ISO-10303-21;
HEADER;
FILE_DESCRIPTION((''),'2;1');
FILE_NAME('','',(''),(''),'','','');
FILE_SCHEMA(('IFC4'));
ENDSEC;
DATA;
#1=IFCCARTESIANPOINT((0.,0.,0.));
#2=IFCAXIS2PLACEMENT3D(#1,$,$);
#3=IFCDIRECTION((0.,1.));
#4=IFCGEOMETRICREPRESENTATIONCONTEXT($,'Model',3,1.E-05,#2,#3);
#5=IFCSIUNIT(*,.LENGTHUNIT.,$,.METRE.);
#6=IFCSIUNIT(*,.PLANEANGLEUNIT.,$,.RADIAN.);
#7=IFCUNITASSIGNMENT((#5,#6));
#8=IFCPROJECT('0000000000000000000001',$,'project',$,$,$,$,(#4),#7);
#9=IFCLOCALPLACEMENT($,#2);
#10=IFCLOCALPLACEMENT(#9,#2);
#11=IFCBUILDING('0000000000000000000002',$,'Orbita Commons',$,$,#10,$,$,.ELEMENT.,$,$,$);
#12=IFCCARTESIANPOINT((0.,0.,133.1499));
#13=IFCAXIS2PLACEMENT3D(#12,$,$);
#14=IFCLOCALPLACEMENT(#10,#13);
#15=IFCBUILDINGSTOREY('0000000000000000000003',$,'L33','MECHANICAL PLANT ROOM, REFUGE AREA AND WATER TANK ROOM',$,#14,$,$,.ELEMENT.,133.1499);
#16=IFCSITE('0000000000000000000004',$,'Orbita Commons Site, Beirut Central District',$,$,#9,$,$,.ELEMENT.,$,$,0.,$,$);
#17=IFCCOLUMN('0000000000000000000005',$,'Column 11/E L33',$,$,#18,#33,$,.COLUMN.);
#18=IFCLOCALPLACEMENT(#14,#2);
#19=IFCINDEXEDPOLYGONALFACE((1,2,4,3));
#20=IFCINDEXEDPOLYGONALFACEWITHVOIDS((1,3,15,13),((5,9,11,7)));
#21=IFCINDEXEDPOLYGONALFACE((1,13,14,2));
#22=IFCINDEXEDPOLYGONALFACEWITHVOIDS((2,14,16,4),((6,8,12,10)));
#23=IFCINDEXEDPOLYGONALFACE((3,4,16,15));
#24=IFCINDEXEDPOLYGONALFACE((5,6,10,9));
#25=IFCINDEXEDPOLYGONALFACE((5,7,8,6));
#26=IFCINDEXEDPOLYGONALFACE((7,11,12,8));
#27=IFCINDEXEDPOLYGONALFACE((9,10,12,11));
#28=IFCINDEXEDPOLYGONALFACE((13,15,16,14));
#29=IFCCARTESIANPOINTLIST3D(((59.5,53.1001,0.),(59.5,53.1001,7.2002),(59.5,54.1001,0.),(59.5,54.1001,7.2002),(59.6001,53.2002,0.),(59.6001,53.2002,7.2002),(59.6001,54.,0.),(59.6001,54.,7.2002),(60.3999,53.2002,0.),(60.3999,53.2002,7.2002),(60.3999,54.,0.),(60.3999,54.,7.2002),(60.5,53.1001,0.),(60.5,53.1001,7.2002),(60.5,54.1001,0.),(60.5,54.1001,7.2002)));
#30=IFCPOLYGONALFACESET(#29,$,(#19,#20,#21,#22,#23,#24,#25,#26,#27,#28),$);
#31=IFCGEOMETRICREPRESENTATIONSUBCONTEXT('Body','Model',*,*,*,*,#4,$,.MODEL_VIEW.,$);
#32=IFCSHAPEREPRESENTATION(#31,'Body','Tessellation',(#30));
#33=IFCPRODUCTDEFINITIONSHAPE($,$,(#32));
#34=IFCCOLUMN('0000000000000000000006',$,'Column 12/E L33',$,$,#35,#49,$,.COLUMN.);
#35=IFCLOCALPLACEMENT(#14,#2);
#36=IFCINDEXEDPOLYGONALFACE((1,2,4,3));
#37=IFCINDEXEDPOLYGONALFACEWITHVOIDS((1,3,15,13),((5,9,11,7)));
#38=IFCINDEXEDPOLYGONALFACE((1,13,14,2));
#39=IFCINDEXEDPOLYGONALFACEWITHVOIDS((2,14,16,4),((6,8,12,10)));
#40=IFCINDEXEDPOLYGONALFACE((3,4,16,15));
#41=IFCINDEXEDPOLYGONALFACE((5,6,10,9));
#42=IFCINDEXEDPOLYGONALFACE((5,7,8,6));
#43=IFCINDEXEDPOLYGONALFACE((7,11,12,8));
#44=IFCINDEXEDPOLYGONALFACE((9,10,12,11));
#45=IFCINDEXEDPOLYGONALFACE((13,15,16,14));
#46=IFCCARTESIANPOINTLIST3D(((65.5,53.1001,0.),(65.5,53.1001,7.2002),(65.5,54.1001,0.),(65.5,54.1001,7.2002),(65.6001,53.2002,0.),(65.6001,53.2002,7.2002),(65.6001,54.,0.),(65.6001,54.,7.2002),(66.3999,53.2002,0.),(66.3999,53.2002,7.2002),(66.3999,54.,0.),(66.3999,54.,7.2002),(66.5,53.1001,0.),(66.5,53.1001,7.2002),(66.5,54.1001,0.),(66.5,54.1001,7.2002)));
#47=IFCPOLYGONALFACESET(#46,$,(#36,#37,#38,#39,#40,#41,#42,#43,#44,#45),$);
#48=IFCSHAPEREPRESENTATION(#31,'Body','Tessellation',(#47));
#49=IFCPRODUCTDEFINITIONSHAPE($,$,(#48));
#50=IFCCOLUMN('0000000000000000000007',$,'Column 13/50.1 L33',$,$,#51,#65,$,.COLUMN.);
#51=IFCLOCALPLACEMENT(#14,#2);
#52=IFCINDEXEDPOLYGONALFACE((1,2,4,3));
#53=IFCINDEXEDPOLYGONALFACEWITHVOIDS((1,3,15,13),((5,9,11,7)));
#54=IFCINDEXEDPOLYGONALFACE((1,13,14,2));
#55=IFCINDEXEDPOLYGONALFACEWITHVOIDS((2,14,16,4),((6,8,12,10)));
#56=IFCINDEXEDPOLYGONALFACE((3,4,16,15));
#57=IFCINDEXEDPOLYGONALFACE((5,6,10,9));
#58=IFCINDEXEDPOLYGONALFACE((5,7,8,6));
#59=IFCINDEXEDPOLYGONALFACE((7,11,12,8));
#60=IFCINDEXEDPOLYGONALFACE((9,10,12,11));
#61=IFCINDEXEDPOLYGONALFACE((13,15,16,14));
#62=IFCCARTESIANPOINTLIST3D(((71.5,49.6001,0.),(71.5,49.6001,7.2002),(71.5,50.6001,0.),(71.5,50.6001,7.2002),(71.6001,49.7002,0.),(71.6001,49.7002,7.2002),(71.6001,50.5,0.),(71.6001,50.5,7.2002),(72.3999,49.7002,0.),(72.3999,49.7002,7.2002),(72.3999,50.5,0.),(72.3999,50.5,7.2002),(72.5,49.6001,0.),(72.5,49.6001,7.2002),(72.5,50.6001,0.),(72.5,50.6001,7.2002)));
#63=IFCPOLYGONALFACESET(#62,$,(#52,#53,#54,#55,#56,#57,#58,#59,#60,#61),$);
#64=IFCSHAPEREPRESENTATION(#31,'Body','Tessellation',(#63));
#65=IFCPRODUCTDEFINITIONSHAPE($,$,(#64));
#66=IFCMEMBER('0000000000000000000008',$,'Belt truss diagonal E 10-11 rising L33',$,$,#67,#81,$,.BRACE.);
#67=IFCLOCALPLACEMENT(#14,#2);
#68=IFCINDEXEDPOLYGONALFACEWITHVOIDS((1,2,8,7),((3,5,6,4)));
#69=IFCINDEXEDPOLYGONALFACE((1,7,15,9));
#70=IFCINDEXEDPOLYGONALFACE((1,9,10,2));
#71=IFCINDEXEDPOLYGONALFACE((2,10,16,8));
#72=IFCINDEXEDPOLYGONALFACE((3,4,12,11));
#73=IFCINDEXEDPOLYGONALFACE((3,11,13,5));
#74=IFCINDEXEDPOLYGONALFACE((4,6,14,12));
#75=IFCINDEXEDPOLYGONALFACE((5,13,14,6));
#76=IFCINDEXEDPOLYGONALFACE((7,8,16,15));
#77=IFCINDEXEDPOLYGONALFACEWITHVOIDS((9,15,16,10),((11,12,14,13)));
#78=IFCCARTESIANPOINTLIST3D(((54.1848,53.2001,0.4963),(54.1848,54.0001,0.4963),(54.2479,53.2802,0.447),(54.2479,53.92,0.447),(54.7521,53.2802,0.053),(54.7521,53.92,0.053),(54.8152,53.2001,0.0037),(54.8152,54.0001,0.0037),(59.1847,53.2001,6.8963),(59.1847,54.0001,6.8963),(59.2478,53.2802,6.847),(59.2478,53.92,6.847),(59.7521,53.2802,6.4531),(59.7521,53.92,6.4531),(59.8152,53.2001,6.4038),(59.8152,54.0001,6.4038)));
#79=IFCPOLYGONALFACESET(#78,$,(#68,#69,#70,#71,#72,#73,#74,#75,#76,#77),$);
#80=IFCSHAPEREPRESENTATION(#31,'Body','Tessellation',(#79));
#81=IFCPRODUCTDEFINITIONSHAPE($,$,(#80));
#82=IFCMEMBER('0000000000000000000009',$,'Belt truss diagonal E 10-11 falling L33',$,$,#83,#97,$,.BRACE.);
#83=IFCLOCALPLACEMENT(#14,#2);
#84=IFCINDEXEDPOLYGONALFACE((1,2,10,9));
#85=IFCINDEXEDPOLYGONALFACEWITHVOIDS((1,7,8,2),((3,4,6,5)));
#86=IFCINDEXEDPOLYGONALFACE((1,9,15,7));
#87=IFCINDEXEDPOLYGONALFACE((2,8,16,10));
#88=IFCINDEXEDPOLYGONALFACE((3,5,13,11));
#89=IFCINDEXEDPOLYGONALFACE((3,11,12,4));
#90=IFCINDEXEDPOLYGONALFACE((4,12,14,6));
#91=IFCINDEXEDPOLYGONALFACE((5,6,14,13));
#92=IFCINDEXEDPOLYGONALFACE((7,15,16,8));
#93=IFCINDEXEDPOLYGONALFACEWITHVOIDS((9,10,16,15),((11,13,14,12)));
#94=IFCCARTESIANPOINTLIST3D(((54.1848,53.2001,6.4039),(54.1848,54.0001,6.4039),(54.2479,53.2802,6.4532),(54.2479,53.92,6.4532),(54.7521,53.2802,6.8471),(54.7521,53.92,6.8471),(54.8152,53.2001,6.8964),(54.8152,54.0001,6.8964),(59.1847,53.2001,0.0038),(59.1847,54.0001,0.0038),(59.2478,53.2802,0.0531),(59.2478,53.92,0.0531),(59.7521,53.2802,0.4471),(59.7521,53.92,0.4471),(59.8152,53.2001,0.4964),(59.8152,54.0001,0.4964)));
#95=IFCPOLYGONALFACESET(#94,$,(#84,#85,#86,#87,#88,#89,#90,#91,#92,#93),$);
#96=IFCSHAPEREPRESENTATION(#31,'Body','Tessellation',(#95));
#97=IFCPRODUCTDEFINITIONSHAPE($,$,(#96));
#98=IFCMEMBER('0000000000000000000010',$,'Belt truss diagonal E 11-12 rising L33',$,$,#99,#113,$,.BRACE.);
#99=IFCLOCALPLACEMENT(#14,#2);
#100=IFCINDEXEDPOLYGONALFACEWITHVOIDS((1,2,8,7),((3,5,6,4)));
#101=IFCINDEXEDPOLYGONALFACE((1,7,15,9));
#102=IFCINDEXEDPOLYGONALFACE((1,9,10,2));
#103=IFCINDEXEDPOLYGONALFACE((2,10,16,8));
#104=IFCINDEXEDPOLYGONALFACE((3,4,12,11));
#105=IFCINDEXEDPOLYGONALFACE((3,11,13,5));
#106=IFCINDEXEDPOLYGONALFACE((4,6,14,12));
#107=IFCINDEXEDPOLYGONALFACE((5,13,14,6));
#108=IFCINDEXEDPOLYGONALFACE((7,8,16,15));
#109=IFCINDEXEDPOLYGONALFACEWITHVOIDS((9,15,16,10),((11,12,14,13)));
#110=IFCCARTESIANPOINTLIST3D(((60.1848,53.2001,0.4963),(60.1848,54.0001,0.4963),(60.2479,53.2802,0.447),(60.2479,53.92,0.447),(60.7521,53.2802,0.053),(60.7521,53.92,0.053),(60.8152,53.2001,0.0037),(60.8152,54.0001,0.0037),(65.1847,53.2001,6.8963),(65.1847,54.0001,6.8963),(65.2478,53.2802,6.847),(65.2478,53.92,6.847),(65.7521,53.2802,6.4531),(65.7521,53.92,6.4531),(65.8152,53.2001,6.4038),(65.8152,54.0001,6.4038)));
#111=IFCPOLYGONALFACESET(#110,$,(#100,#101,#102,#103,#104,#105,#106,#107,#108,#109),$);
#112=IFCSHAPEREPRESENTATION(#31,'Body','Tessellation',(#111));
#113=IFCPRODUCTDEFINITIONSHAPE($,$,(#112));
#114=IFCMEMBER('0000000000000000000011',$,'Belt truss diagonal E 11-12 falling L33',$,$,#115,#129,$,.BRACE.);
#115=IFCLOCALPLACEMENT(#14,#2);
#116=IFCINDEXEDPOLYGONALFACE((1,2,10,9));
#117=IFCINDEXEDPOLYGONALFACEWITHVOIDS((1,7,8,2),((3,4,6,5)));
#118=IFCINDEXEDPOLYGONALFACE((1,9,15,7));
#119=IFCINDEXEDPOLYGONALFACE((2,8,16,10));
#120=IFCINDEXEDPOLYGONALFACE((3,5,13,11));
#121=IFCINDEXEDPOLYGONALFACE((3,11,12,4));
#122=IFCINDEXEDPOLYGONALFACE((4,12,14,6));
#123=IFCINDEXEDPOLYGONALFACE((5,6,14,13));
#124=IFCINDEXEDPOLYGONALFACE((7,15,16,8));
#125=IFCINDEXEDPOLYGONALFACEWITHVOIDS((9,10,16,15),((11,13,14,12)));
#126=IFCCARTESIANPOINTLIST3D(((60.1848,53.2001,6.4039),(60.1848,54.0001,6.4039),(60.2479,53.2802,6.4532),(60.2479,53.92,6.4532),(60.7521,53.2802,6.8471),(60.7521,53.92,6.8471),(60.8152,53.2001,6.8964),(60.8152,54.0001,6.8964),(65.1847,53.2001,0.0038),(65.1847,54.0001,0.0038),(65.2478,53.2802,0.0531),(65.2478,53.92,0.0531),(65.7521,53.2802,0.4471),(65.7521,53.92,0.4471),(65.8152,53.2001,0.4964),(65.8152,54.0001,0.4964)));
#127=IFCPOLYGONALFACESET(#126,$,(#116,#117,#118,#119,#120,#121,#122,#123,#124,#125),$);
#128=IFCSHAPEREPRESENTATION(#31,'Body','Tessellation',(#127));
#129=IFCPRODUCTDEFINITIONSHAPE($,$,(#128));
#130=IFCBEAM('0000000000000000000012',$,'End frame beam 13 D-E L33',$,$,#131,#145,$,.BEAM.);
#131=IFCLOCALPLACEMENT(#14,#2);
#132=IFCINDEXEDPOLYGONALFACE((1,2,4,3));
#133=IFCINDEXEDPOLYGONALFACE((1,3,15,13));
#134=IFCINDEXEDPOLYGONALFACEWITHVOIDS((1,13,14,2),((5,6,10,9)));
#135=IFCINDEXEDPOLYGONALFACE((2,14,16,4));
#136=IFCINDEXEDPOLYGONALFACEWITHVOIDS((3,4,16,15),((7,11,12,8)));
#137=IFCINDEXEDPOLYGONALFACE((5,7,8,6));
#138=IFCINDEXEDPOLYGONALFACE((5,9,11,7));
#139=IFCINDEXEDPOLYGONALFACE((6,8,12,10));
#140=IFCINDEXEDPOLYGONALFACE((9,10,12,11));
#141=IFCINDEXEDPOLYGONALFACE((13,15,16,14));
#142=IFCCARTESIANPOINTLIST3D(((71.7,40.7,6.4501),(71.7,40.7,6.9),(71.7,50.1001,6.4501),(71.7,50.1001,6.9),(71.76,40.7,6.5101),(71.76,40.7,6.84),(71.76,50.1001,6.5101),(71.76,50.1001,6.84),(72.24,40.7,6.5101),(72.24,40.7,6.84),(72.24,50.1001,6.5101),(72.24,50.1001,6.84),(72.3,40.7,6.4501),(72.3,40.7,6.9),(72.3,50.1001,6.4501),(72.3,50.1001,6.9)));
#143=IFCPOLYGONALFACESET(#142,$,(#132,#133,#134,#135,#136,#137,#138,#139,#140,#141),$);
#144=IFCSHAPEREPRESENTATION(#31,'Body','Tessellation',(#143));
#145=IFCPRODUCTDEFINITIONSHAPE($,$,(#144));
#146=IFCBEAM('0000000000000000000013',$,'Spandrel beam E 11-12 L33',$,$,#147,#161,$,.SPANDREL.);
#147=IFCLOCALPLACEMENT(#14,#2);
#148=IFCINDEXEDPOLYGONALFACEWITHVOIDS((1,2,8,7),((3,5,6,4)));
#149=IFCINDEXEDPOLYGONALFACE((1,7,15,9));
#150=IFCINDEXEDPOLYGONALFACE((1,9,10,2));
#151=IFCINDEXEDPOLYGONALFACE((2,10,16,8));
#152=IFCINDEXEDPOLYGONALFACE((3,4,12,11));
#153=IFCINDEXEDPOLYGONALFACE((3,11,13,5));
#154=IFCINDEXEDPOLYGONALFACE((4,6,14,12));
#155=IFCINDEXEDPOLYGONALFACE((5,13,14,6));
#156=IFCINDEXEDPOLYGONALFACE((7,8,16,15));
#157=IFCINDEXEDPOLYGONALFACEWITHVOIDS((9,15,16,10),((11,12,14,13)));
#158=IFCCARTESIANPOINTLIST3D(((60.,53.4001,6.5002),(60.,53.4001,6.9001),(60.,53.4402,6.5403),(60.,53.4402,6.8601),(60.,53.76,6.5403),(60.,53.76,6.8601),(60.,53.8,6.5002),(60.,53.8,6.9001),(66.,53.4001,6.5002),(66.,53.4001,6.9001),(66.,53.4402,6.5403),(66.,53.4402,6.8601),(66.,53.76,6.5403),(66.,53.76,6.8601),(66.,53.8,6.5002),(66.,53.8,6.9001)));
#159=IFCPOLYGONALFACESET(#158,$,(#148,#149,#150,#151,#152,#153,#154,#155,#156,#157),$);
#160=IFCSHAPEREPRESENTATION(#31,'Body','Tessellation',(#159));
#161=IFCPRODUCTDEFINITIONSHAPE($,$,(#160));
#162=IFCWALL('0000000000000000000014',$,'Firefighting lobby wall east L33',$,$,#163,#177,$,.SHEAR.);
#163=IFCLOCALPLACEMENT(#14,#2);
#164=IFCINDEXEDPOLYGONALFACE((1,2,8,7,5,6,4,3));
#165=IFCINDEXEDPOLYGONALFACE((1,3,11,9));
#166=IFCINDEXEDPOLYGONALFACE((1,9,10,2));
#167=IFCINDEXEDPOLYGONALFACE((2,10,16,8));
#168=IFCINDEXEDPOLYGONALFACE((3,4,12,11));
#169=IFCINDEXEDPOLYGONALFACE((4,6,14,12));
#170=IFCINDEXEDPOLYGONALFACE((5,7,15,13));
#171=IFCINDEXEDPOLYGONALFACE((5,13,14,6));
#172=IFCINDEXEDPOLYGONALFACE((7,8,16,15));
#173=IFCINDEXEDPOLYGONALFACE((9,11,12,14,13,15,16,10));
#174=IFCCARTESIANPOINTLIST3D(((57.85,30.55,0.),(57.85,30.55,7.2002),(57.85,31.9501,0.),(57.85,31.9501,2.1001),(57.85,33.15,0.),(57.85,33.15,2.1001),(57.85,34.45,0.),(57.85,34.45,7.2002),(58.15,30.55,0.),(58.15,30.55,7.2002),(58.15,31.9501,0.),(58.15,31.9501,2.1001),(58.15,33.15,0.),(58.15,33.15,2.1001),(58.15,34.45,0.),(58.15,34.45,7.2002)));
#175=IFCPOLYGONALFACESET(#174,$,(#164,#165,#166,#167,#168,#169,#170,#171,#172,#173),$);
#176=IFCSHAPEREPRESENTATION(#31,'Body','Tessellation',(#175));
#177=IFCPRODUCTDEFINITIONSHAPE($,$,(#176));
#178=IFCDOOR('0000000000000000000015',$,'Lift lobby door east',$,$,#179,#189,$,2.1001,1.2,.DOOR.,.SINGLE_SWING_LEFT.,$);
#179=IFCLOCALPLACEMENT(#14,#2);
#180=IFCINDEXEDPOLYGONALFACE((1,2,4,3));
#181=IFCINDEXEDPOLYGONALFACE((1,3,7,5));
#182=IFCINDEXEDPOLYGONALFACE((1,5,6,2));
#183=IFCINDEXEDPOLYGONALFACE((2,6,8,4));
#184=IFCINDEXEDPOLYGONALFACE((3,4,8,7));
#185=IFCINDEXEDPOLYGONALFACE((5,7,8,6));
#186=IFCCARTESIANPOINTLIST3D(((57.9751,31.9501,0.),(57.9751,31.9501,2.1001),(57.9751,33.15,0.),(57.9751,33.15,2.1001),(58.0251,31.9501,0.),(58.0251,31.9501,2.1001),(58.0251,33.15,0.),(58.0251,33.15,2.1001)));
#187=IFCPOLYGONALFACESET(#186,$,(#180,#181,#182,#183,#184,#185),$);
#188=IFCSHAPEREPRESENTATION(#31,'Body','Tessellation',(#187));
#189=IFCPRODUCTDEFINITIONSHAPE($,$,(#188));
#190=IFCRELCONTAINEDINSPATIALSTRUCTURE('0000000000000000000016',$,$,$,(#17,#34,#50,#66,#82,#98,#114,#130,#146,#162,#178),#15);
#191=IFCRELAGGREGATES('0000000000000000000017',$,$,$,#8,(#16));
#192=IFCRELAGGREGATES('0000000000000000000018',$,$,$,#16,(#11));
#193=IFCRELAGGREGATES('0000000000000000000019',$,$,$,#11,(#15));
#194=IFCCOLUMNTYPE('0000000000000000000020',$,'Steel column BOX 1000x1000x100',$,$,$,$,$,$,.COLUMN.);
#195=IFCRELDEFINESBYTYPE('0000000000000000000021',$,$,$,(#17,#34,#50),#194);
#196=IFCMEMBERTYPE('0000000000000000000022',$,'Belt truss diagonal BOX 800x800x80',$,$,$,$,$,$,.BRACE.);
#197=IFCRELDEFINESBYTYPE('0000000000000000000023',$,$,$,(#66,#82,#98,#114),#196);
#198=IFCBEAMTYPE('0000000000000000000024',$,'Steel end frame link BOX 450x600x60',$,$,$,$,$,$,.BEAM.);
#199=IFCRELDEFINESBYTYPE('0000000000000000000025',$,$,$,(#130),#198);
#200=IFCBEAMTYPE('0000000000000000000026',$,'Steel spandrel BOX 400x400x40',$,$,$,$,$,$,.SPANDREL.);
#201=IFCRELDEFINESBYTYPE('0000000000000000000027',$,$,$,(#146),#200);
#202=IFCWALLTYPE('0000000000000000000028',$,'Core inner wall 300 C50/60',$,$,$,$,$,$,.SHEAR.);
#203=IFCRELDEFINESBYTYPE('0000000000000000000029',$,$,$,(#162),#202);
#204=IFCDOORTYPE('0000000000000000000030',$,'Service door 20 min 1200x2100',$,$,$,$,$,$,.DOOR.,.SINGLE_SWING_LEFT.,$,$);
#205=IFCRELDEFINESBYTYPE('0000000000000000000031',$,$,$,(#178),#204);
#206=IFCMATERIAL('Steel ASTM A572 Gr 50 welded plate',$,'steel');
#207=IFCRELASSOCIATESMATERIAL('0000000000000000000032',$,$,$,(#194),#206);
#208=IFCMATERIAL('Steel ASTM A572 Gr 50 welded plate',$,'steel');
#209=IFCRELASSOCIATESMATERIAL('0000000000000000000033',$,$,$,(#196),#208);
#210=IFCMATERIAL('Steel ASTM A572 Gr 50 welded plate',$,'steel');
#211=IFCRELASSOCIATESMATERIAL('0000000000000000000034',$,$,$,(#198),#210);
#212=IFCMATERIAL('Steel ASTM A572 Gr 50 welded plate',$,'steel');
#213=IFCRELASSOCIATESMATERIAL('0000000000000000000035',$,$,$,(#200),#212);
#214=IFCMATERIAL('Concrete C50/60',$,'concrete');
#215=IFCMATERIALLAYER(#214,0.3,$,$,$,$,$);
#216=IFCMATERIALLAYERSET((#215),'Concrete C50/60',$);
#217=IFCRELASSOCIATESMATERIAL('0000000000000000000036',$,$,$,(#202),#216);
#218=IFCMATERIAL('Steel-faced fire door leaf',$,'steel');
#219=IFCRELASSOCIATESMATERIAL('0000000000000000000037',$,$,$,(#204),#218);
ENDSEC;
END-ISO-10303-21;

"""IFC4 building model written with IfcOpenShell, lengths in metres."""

from ifc_helpers import new_model, si_unit, direction, frame, frame_2d, origin, origin_2d, place, context, subcontext, project, spatial, rectangle, hollow_rectangle, extrude, material, layer, layer_set, material_profile, profile_set, type_object, element, fill, save


model = new_model("IFC4")

# Units and contexts
model_context = context("Model", 3, precision=1e-05, world=origin(), true_north=direction((0.0, 1.0)))
body_context = subcontext(model_context, "Body", "Model", "MODEL_VIEW")
ifc_project = project(units=[si_unit("LENGTHUNIT", "METRE"), si_unit("PLANEANGLEUNIT", "RADIAN")], contexts=[model_context])

# Site, building, storey
site_placement = place(None, origin())
site = spatial("IfcSite", under=ifc_project, at=site_placement, Name="Orbita Commons Site, Beirut Central District", CompositionType="ELEMENT", RefElevation=0.0)
building_placement = place(site_placement, origin())
building = spatial("IfcBuilding", under=site, at=building_placement, Name="Orbita Commons", CompositionType="ELEMENT")
storey_placement = place(building_placement, frame((0.0, 0.0, 133.1499)))
storey = spatial("IfcBuildingStorey", under=building, at=storey_placement, Name="L33", Description="MECHANICAL PLANT ROOM, REFUGE AREA AND WATER TANK ROOM", CompositionType="ELEMENT", Elevation=133.1499)

# Columns
ifc_material_1 = material(Name="Steel ASTM A572 Gr 50 welded plate", Category="steel")
ifc_material_profile_1 = material_profile(ifc_material_1, hollow_rectangle(XDim=1.0, YDim=1.0, WallThickness=0.1001, at=origin_2d()), Name="BOX 1000x1000x100")
ifc_profile_set_1 = profile_set([ifc_material_profile_1], Name="Steel ASTM A572 Gr 50 welded plate")
column_type = type_object("IfcColumnType", Name="Steel column BOX 1000x1000x100", PredefinedType="COLUMN", material=ifc_profile_set_1)
for number, where, z_axis, x_axis, name in (
    (1, (60.0, 53.6001, 0.0), (0.0, 0.0, 1.0), (1.0, 0.0, 0.0), "Column 11/E L33"),
    (2, (66.0, 53.6001, 0.0), (0.0, 0.0, 1.0), (1.0, 0.0, 0.0), "Column 12/E L33"),
    (3, (72.0, 50.1001, 0.0), (0.0, 0.0, 1.0), (1.0, 0.0, 0.0), "Column 13/50.1 L33"),
):
    element("IfcColumn", number, at=place(storey_placement, frame(where, z_axis=z_axis, x_axis=x_axis)), inside=storey, type_object=column_type, Name=name, PredefinedType="COLUMN", context=body_context, shape_type="SweptSolid", body=[
        extrude(hollow_rectangle(XDim=1.0, YDim=1.0, WallThickness=0.1001, at=origin_2d()), origin(), (0.0, 0.0, 1.0), 7.2002),
    ])

# Members
ifc_material_2 = material(Name="Steel ASTM A572 Gr 50 welded plate", Category="steel")
ifc_material_profile_2 = material_profile(ifc_material_2, hollow_rectangle(XDim=0.8, YDim=0.8, WallThickness=0.0801, at=origin_2d()), Name="BOX 800x800x80")
ifc_profile_set_2 = profile_set([ifc_material_profile_2], Name="Steel ASTM A572 Gr 50 welded plate")
member_type = type_object("IfcMemberType", Name="Belt truss diagonal BOX 800x800x80", PredefinedType="BRACE", material=ifc_profile_set_2)
for number, where, z_axis, x_axis, name in (
    (4, (54.5, 53.6001, 0.25), (0.615635, 0.0, 0.788031), (0.0, 1.0, 0.0), "Belt truss diagonal E 10-11 rising L33"),
    (5, (54.5, 53.6001, 6.6501), (0.615635, 0.0, -0.788031), (0.0, 1.0, 0.0), "Belt truss diagonal E 10-11 falling L33"),
    (6, (60.5, 53.6001, 0.25), (0.615635, 0.0, 0.788031), (0.0, 1.0, 0.0), "Belt truss diagonal E 11-12 rising L33"),
    (7, (60.5, 53.6001, 6.6501), (0.615635, 0.0, -0.788031), (0.0, 1.0, 0.0), "Belt truss diagonal E 11-12 falling L33"),
):
    element("IfcMember", number, at=place(storey_placement, frame(where, z_axis=z_axis, x_axis=x_axis)), inside=storey, type_object=member_type, Name=name, PredefinedType="BRACE", context=body_context, shape_type="SweptSolid", body=[
        extrude(hollow_rectangle(XDim=0.8, YDim=0.8, WallThickness=0.0801, at=origin_2d()), origin(), (0.0, 0.0, 1.0), 8.1216),
    ])

# Beams
ifc_material_3 = material(Name="Steel ASTM A572 Gr 50 welded plate", Category="steel")
ifc_material_profile_3 = material_profile(ifc_material_3, hollow_rectangle(XDim=0.6001, YDim=0.45, WallThickness=0.0601, at=origin_2d()), Name="BOX 450x600x60")
ifc_profile_set_3 = profile_set([ifc_material_profile_3], Name="Steel ASTM A572 Gr 50 welded plate")
beam_type_1 = type_object("IfcBeamType", Name="Steel end frame link BOX 450x600x60", PredefinedType="BEAM", material=ifc_profile_set_3)
beam_1_placement = place(storey_placement, frame((72.0, 40.7, 6.675), z_axis=(0.0, 1.0, 0.0), x_axis=(-1.0, 0.0, 0.0)))
element("IfcBeam", 8, at=beam_1_placement, inside=storey, type_object=beam_type_1, Name="End frame beam 13 D-E L33", PredefinedType="BEAM", context=body_context, shape_type="SweptSolid", body=[
    extrude(hollow_rectangle(XDim=0.6001, YDim=0.45, WallThickness=0.0601, at=origin_2d()), origin(), (0.0, 0.0, 1.0), 9.4001),
])
ifc_material_4 = material(Name="Steel ASTM A572 Gr 50 welded plate", Category="steel")
ifc_material_profile_4 = material_profile(ifc_material_4, hollow_rectangle(XDim=0.3999, YDim=0.3999, WallThickness=0.04, at=origin_2d()), Name="BOX 400x400x40")
ifc_profile_set_4 = profile_set([ifc_material_profile_4], Name="Steel ASTM A572 Gr 50 welded plate")
beam_type_2 = type_object("IfcBeamType", Name="Steel spandrel BOX 400x400x40", PredefinedType="SPANDREL", material=ifc_profile_set_4)
beam_2_placement = place(storey_placement, frame((60.0, 53.6001, 6.7002), z_axis=(1.0, 0.0, 0.0), x_axis=(0.0, 1.0, 0.0)))
element("IfcBeam", 9, at=beam_2_placement, inside=storey, type_object=beam_type_2, Name="Spandrel beam E 11-12 L33", PredefinedType="SPANDREL", context=body_context, shape_type="SweptSolid", body=[
    extrude(hollow_rectangle(XDim=0.3999, YDim=0.3999, WallThickness=0.04, at=origin_2d()), origin(), (0.0, 0.0, 1.0), 6.0),
])

# Wall, opening, door
ifc_material_5 = material(Name="Concrete C50/60", Category="concrete")
ifc_layer_1 = layer(ifc_material_5, 0.3)
ifc_layer_set_1 = layer_set([ifc_layer_1], Name="Concrete C50/60")
wall_type_1 = type_object("IfcWallType", Name="Core inner wall 300 C50/60", PredefinedType="SHEAR", material=ifc_layer_set_1)
wall_1_placement = place(storey_placement, frame((58.0, 30.55, 0.0), z_axis=(0.0, 0.0, 1.0), x_axis=(0.0, 1.0, 0.0)))
wall_1 = element("IfcWall", 10, at=wall_1_placement, inside=storey, type_object=wall_type_1, Name="Firefighting lobby wall east L33", PredefinedType="SHEAR", context=body_context, shape_type="SweptSolid", body=[
    extrude(rectangle(XDim=3.8999, YDim=0.3, at=frame_2d((1.95, 0.0))), origin(), (0.0, 0.0, 1.0), 7.2002),
])
opening_1_placement = place(wall_1_placement, frame((1.3999, 0.0, 0.0)))
opening_1 = element("IfcOpeningElement", 11, at=opening_1_placement, cuts=wall_1, PredefinedType="OPENING", context=body_context, shape_type="SweptSolid", body=[
    extrude(rectangle(XDim=1.2, YDim=2.1001, at=frame_2d((0.6001, 1.05))), frame((0.0, 0.1599, 0.0), z_axis=(0.0, -1.0, 0.0), x_axis=(1.0, 0.0, 0.0)), (0.0, 0.0, 1.0), 0.3201),
])
ifc_material_6 = material(Name="Steel-faced fire door leaf", Category="steel")
door_type_1 = type_object("IfcDoorType", Name="Service door 20 min 1200x2100", OperationType="SINGLE_SWING_LEFT", PredefinedType="DOOR", material=ifc_material_6)
door_1_placement = place(opening_1_placement, origin())
door_1 = element("IfcDoor", 12, at=door_1_placement, inside=storey, type_object=door_type_1, Name="Lift lobby door east", OperationType="SINGLE_SWING_LEFT", OverallHeight=2.1001, OverallWidth=1.2, PredefinedType="DOOR", context=body_context, shape_type="SweptSolid", body=[
    extrude(rectangle(XDim=1.2, YDim=2.1001, at=frame_2d((0.6001, 1.05))), frame((0.0, 0.0249, 0.0), z_axis=(0.0, -1.0, 0.0), x_axis=(1.0, 0.0, 0.0)), (0.0, 0.0, 1.0), 0.05),
])
fill(opening_1, door_1)

save(model, "model.ifc")
